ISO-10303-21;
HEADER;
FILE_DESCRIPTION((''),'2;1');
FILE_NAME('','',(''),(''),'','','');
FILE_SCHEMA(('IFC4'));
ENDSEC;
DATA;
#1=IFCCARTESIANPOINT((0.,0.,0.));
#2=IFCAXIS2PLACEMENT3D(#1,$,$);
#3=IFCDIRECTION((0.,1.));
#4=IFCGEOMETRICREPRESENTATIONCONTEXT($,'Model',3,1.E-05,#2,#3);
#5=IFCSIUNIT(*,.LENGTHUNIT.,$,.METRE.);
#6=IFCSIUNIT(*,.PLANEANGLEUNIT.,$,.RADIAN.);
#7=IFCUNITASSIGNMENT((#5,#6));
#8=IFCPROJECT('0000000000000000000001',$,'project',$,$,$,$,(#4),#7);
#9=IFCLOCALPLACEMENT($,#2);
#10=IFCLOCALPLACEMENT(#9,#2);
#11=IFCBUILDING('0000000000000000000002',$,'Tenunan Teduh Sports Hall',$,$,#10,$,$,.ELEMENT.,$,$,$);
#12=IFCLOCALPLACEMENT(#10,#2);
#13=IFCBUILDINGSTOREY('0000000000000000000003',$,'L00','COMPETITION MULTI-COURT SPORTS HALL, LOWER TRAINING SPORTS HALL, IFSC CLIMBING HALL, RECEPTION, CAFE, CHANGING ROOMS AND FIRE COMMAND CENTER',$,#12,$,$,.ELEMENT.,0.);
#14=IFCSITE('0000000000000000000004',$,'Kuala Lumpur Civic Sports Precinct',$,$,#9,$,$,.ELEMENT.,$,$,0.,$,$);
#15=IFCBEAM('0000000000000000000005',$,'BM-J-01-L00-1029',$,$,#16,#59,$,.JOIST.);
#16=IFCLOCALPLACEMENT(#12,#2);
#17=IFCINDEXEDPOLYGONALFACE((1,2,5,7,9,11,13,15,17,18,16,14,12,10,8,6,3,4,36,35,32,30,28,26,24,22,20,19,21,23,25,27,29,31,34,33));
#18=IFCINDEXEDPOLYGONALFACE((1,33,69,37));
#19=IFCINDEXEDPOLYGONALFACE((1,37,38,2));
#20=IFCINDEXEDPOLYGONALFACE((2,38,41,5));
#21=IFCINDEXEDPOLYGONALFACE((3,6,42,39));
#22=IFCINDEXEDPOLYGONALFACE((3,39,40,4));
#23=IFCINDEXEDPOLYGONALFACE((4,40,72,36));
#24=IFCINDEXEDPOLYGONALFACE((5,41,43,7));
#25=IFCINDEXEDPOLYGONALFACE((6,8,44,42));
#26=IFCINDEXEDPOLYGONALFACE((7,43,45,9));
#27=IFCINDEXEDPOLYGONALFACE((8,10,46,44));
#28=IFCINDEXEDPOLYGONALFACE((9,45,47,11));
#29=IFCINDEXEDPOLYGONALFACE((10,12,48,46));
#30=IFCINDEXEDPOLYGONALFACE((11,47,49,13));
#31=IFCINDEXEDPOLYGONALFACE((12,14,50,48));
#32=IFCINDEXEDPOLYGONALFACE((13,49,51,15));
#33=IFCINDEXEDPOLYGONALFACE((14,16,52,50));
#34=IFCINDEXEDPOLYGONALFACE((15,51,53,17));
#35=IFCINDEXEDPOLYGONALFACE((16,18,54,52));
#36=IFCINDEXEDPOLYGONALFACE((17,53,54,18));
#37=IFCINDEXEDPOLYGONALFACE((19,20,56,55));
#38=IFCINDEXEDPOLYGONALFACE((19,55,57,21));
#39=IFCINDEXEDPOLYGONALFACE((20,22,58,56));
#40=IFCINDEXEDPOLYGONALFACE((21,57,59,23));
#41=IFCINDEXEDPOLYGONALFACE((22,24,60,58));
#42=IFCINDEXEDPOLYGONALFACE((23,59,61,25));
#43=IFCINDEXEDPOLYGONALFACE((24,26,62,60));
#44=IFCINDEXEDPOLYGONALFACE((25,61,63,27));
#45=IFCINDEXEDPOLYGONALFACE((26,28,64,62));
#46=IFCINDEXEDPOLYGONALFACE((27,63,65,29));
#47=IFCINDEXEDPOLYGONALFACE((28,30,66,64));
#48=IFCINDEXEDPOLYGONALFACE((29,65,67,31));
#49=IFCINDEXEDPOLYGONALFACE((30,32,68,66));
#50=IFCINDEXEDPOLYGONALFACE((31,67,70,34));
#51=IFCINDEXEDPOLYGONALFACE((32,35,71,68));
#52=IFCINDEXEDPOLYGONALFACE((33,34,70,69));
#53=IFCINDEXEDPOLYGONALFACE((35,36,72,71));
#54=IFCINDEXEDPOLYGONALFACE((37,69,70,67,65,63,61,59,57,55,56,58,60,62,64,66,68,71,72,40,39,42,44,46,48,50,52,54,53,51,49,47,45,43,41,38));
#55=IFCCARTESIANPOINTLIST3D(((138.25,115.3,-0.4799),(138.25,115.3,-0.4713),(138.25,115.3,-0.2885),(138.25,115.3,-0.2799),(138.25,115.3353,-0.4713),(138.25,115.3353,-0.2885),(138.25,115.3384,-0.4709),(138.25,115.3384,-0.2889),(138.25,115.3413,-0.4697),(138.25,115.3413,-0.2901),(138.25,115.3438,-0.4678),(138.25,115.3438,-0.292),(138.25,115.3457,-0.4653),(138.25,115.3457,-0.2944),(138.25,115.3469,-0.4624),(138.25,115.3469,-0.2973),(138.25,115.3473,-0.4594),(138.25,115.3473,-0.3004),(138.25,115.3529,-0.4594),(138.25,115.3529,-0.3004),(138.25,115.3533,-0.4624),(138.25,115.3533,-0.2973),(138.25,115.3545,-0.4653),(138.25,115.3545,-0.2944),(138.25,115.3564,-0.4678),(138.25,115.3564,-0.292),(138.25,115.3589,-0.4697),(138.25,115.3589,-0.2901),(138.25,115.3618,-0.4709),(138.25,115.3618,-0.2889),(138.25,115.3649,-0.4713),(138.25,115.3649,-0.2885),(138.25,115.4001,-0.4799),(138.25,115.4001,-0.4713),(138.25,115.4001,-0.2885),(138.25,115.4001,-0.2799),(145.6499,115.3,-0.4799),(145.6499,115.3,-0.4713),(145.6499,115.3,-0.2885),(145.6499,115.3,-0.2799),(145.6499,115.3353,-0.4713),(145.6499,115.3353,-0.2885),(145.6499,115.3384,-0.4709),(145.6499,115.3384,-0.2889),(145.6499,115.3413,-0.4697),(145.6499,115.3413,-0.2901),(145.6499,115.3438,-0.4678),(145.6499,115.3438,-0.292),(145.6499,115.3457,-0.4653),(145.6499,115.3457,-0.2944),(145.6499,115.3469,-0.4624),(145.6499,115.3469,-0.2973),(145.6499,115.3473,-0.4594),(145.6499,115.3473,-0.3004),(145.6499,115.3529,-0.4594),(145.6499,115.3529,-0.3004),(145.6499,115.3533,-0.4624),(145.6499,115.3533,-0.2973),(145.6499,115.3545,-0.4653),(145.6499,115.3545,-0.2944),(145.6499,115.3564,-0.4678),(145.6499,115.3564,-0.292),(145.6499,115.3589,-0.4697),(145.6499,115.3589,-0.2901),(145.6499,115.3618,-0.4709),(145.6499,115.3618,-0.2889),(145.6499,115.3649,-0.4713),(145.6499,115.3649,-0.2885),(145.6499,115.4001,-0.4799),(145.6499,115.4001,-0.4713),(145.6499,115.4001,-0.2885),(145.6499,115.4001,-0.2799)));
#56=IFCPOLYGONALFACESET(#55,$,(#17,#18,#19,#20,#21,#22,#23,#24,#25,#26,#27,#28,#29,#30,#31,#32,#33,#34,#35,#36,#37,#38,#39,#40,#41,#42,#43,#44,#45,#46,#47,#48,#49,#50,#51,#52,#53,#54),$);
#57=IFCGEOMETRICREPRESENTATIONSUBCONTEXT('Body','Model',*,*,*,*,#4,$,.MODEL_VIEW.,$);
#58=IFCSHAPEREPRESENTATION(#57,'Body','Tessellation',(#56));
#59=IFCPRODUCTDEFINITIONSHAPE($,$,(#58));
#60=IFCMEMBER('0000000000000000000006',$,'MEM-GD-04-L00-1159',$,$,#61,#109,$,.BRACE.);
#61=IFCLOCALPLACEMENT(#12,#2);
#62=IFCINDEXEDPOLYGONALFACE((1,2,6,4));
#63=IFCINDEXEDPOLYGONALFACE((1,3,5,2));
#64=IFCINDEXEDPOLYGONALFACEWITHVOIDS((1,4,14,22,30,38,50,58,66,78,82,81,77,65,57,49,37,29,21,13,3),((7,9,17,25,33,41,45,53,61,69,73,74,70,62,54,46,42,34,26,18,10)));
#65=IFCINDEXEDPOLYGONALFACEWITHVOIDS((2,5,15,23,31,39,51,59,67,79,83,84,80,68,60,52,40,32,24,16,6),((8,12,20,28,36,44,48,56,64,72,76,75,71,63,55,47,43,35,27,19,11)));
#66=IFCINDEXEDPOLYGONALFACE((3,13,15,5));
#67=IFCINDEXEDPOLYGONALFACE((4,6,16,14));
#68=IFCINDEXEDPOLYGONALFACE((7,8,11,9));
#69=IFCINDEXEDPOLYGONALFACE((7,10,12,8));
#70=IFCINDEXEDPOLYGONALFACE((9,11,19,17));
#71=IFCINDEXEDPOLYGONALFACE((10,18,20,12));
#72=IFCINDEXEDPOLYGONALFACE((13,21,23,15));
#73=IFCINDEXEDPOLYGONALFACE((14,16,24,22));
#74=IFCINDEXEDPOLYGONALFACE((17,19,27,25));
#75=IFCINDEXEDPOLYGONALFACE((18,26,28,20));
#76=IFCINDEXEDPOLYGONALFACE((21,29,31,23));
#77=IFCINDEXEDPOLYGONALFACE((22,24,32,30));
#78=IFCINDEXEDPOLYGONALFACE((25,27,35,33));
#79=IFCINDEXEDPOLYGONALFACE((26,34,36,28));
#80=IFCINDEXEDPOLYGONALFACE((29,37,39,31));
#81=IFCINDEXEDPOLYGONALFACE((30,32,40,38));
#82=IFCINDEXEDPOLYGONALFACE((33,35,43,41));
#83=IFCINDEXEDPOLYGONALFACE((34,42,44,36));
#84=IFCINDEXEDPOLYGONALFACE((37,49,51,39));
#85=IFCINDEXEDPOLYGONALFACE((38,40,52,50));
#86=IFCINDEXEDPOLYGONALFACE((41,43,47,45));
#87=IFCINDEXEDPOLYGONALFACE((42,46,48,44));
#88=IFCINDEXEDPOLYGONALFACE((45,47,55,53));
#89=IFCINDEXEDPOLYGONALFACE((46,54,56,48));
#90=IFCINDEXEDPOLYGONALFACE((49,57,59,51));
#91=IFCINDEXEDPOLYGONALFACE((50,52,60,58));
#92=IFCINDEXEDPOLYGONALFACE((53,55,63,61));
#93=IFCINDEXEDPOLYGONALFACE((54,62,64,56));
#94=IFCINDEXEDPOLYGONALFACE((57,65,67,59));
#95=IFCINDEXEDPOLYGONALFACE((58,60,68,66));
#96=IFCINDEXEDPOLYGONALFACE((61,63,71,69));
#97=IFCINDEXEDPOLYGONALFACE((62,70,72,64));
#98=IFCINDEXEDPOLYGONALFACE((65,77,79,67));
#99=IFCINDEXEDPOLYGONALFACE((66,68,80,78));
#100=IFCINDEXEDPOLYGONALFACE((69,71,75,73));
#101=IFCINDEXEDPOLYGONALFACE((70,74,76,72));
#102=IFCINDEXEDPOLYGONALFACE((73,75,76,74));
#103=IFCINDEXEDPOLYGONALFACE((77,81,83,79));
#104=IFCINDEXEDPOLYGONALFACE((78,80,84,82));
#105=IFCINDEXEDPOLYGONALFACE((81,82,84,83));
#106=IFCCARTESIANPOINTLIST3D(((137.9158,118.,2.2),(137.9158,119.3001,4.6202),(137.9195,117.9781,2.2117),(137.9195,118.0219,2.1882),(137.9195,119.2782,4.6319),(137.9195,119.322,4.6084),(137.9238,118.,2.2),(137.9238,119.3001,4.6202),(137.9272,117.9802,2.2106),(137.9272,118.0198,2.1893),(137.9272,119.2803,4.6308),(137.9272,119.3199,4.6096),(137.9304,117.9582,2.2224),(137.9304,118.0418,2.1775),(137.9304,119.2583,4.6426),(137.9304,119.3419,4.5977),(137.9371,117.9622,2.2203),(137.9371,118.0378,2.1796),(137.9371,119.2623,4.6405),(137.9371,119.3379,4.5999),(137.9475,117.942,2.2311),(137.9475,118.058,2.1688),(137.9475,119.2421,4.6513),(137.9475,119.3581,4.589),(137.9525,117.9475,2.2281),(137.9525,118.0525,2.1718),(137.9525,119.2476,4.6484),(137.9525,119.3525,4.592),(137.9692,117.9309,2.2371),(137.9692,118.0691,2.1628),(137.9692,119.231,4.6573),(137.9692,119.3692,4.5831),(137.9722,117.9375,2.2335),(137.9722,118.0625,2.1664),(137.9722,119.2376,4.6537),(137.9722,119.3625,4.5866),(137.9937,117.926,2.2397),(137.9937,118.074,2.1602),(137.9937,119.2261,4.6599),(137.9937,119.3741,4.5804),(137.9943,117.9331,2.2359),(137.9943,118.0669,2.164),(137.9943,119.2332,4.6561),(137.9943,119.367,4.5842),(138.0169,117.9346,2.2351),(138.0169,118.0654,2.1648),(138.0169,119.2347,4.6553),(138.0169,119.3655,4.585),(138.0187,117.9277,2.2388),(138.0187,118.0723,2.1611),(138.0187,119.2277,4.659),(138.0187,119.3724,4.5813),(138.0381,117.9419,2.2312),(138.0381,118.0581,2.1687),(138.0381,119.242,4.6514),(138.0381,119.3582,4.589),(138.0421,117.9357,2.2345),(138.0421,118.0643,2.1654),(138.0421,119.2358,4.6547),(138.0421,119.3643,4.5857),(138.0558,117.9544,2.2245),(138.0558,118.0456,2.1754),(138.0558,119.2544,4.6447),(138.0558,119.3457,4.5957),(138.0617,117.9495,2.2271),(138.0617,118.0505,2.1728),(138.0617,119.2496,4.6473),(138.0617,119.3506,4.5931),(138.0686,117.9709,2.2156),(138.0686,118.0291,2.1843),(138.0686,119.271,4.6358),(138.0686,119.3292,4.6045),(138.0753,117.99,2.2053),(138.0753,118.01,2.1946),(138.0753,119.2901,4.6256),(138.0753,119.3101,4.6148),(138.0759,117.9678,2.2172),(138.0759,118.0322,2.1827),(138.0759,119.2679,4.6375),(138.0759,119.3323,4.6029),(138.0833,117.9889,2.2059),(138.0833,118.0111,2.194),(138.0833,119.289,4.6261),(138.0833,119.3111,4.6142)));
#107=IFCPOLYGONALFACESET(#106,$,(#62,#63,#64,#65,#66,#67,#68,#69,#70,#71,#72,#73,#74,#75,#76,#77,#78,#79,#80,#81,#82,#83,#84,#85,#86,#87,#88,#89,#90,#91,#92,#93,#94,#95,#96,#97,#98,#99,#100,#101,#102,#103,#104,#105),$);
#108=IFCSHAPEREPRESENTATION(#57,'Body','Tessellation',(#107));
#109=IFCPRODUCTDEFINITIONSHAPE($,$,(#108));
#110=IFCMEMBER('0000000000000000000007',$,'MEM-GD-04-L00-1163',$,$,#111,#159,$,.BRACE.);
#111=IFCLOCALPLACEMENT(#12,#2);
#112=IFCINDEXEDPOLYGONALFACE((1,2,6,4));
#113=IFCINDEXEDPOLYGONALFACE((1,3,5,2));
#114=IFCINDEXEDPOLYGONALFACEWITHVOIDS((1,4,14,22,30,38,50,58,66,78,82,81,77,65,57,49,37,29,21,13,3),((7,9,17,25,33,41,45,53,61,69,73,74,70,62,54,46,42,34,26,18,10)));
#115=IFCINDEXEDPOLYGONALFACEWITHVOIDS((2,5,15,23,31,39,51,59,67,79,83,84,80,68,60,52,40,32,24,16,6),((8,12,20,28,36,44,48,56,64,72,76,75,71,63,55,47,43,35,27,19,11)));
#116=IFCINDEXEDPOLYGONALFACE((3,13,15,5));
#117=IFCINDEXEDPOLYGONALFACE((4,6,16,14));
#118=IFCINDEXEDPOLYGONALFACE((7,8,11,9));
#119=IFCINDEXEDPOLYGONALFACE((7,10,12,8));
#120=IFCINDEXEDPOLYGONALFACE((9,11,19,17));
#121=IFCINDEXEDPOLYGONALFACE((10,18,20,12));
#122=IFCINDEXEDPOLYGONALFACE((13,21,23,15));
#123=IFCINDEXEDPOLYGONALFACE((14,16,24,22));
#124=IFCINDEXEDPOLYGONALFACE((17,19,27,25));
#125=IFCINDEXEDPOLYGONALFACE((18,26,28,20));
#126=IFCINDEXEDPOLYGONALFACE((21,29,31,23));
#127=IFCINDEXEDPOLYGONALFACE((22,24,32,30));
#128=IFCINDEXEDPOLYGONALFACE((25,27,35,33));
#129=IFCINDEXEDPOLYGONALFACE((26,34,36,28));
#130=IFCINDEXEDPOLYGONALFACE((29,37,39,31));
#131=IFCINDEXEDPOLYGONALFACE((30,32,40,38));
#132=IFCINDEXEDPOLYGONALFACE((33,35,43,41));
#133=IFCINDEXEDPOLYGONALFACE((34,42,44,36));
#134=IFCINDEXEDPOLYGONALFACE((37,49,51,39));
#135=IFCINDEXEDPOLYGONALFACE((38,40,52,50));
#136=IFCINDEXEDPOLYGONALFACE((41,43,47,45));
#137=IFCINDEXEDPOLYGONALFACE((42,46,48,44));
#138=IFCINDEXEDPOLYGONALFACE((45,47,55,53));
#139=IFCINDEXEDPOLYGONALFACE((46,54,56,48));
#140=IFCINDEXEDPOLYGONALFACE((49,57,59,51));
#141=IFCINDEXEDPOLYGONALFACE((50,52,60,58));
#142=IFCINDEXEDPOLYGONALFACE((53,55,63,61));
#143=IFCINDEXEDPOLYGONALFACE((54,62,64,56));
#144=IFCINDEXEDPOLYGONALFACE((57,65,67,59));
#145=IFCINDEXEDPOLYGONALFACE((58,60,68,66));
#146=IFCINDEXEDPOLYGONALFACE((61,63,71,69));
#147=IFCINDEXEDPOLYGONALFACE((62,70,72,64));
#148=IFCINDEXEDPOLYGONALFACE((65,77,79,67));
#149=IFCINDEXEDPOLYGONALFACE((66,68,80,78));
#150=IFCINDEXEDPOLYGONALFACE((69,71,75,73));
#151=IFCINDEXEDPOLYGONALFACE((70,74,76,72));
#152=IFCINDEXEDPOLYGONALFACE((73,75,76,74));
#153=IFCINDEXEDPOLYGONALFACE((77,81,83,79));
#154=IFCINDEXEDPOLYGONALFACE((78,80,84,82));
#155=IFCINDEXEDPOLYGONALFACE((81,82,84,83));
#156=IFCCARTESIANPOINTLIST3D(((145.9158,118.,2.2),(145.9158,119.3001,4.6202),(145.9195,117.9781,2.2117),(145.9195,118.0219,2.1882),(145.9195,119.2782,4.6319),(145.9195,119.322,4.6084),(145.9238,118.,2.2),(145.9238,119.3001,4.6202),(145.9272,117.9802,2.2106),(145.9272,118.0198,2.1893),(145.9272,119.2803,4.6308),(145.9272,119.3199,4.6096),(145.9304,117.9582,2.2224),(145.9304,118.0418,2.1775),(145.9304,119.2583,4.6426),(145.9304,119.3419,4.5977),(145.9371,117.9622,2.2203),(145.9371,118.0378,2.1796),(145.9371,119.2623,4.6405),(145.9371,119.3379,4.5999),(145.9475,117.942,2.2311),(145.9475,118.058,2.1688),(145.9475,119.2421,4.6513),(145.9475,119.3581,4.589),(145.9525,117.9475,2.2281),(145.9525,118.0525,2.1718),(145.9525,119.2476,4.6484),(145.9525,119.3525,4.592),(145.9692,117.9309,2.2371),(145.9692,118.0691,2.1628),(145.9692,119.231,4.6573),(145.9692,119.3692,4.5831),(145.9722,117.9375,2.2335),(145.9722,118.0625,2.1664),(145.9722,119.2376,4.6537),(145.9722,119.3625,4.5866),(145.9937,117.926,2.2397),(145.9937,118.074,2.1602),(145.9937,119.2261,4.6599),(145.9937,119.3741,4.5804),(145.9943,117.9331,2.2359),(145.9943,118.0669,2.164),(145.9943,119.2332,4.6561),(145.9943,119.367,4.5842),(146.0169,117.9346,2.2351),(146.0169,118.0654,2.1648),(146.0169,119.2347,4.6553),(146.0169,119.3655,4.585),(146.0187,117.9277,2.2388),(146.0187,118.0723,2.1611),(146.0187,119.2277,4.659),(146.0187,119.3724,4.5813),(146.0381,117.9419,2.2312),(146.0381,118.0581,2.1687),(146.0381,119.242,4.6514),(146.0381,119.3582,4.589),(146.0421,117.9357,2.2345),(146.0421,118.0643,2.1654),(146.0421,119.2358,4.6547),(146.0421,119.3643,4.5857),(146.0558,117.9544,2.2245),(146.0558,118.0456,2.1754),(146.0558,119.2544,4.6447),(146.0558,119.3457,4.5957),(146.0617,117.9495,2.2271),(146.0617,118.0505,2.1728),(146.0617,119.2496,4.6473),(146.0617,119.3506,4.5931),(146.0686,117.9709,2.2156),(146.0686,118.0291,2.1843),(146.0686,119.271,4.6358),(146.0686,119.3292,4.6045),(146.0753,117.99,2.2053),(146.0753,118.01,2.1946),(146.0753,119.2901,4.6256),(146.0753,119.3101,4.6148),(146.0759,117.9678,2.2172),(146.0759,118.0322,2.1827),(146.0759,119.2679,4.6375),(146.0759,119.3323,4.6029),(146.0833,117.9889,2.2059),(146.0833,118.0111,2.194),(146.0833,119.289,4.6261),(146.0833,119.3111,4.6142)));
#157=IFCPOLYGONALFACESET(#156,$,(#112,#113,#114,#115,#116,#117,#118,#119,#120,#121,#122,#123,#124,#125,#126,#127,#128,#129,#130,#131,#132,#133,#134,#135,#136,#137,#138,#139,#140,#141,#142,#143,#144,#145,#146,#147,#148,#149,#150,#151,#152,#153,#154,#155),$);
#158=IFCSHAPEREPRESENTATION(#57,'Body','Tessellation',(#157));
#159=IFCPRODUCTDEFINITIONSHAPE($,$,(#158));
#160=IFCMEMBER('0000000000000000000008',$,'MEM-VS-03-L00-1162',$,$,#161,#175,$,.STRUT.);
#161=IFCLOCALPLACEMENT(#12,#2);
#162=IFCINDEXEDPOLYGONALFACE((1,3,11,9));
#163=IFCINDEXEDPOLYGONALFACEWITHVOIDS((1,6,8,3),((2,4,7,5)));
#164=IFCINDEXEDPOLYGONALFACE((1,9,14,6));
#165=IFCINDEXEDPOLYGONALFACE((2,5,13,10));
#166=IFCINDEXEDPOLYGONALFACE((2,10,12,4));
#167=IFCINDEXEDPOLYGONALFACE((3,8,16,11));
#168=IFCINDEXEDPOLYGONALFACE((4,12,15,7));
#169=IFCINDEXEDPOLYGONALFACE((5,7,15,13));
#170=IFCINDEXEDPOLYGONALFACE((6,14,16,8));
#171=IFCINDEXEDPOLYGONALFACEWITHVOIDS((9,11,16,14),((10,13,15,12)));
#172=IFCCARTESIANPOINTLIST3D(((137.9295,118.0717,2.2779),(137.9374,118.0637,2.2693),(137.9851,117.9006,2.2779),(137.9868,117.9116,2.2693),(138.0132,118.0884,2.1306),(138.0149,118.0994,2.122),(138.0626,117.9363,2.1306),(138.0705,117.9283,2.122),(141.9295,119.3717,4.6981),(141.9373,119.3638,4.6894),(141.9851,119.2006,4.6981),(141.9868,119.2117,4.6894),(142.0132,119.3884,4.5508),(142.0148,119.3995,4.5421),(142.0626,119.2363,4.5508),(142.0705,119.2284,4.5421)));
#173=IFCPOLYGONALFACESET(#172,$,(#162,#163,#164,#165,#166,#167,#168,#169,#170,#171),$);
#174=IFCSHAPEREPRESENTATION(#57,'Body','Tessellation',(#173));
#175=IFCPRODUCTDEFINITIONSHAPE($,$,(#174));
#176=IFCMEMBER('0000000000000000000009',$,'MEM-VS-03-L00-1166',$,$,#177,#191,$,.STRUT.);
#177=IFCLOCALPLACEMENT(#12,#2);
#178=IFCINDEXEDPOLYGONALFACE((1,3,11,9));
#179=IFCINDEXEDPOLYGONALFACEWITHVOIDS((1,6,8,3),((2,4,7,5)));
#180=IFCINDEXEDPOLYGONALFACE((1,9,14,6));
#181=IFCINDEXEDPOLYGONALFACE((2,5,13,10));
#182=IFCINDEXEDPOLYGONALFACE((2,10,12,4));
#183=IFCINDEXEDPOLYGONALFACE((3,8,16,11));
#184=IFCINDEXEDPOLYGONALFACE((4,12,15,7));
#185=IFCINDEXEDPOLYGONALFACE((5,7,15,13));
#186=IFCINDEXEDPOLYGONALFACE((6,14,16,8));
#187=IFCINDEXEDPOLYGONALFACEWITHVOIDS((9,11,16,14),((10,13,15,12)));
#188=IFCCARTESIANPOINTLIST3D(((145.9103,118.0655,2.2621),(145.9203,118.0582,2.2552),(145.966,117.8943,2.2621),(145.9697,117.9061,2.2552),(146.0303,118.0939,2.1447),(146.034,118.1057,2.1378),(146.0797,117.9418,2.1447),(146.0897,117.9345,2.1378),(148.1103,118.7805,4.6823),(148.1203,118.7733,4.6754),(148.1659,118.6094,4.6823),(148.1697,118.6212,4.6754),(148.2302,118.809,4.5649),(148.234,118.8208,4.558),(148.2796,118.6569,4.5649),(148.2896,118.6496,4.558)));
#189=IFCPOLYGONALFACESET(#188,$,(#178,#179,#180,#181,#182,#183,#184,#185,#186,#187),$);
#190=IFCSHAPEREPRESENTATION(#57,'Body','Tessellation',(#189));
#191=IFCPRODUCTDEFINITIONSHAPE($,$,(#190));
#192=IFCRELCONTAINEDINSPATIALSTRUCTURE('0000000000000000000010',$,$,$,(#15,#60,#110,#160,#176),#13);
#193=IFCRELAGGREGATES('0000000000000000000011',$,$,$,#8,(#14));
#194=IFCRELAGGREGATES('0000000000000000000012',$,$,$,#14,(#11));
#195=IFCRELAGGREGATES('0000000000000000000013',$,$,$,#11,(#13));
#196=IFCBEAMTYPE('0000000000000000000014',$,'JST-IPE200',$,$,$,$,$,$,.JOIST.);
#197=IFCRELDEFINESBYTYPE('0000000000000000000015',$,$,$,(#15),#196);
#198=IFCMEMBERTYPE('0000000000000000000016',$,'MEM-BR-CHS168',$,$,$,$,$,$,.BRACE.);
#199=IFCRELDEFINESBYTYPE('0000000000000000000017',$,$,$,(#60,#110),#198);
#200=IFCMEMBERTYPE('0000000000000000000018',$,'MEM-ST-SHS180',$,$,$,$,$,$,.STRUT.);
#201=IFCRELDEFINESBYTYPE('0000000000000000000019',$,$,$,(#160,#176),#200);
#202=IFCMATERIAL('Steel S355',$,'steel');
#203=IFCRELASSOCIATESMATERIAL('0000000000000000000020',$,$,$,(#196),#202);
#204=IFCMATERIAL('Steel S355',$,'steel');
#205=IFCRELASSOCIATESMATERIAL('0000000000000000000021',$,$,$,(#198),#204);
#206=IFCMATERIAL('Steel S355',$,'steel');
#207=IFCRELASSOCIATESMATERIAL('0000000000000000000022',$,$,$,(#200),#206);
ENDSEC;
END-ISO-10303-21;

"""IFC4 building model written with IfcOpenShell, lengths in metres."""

from ifc_helpers import new_model, si_unit, direction, frame, origin, origin_2d, place, context, subcontext, project, spatial, hollow_rectangle, hollow_circle, i_section, extrude, material, material_profile, profile_set, type_object, element, save


model = new_model("IFC4")

# Units and contexts
model_context = context("Model", 3, precision=1e-05, world=origin(), true_north=direction((0.0, 1.0)))
body_context = subcontext(model_context, "Body", "Model", "MODEL_VIEW")
ifc_project = project(units=[si_unit("LENGTHUNIT", "METRE"), si_unit("PLANEANGLEUNIT", "RADIAN")], contexts=[model_context])

# Site, building, storey
site_placement = place(None, origin())
site = spatial("IfcSite", under=ifc_project, at=site_placement, Name="Kuala Lumpur Civic Sports Precinct", CompositionType="ELEMENT", RefElevation=0.0)
building_placement = place(site_placement, origin())
building = spatial("IfcBuilding", under=site, at=building_placement, Name="Tenunan Teduh Sports Hall", CompositionType="ELEMENT")
storey_placement = place(building_placement, origin())
storey = spatial("IfcBuildingStorey", under=building, at=storey_placement, Name="L00", Description="COMPETITION MULTI-COURT SPORTS HALL, LOWER TRAINING SPORTS HALL, IFSC CLIMBING HALL, RECEPTION, CAFE, CHANGING ROOMS AND FIRE COMMAND CENTER", CompositionType="ELEMENT", Elevation=0.0)

# Beam
ifc_material_1 = material(Name="Steel S355", Category="steel")
ifc_material_profile_1 = material_profile(ifc_material_1, i_section(OverallWidth=0.1001, OverallDepth=0.2, WebThickness=0.0056, FlangeThickness=0.0085, FilletRadius=0.012, at=origin_2d()), Name="IPE 200")
ifc_profile_set_1 = profile_set([ifc_material_profile_1], Name="Steel S355")
beam_type_1 = type_object("IfcBeamType", Name="JST-IPE200", PredefinedType="JOIST", material=ifc_profile_set_1)
beam_1_placement = place(storey_placement, frame((138.25, 115.3501, -0.3799), z_axis=(1.0, 0.0, 0.0), x_axis=(0.0, 1.0, 0.0)))
element("IfcBeam", 1, at=beam_1_placement, inside=storey, type_object=beam_type_1, Name="BM-J-01-L00-1029", PredefinedType="JOIST", context=body_context, shape_type="SweptSolid", body=[
    extrude(i_section(OverallWidth=0.1001, OverallDepth=0.2, WebThickness=0.0056, FlangeThickness=0.0085, FilletRadius=0.012, at=origin_2d()), origin(), (0.0, 0.0, 1.0), 7.3999),
])

# Members
ifc_material_2 = material(Name="Steel S355", Category="steel")
ifc_material_profile_2 = material_profile(ifc_material_2, hollow_circle(Radius=0.0842, WallThickness=0.0081, at=origin_2d()), Name="CHS 168.3x8.0")
ifc_profile_set_2 = profile_set([ifc_material_profile_2], Name="Steel S355")
member_type_1 = type_object("IfcMemberType", Name="MEM-BR-CHS168", PredefinedType="BRACE", material=ifc_profile_set_2)
for number, where, z_axis, x_axis, name in (
    (2, (138.0, 118.0, 2.2), (0.0, 0.47322, 0.880944), (-1.0, 0.0, 0.0), "MEM-GD-04-L00-1159"),
    (3, (146.0, 118.0, 2.2), (0.0, 0.47322, 0.880944), (-1.0, 0.0, 0.0), "MEM-GD-04-L00-1163"),
):
    element("IfcMember", number, at=place(storey_placement, frame(where, z_axis=z_axis, x_axis=x_axis)), inside=storey, type_object=member_type_1, Name=name, PredefinedType="BRACE", context=body_context, shape_type="SweptSolid", body=[
        extrude(hollow_circle(Radius=0.0842, WallThickness=0.0081, at=origin_2d()), origin(), (0.0, 0.0, 1.0), 2.7473),
    ])
ifc_material_3 = material(Name="Steel S355", Category="steel")
ifc_material_profile_3 = material_profile(ifc_material_3, hollow_rectangle(XDim=0.1799, YDim=0.1799, WallThickness=0.01, at=origin_2d()), Name="SHS 180x180x10.0")
ifc_profile_set_3 = profile_set([ifc_material_profile_3], Name="Steel S355")
member_type_2 = type_object("IfcMemberType", Name="MEM-ST-SHS180", PredefinedType="STRUT", material=ifc_profile_set_3)
member_1_placement = place(storey_placement, frame((138.0, 118.0, 2.2), z_axis=(0.824307, 0.26791, 0.49874), x_axis=(-0.309097, 0.951031, 0.0)))
element("IfcMember", 4, at=member_1_placement, inside=storey, type_object=member_type_2, Name="MEM-VS-03-L00-1162", PredefinedType="STRUT", context=body_context, shape_type="SweptSolid", body=[
    extrude(hollow_rectangle(XDim=0.1799, YDim=0.1799, WallThickness=0.01, at=origin_2d()), origin(), (0.0, 0.0, 1.0), 4.8525),
])
member_2_placement = place(storey_placement, frame((146.0, 118.0, 2.2), z_axis=(0.657117, 0.213594, 0.722894), x_axis=(-0.309127, 0.951021, 0.0)))
element("IfcMember", 5, at=member_2_placement, inside=storey, type_object=member_type_2, Name="MEM-VS-03-L00-1166", PredefinedType="STRUT", context=body_context, shape_type="SweptSolid", body=[
    extrude(hollow_rectangle(XDim=0.1799, YDim=0.1799, WallThickness=0.01, at=origin_2d()), origin(), (0.0, 0.0, 1.0), 3.3479),
])

save(model, "model.ifc")
